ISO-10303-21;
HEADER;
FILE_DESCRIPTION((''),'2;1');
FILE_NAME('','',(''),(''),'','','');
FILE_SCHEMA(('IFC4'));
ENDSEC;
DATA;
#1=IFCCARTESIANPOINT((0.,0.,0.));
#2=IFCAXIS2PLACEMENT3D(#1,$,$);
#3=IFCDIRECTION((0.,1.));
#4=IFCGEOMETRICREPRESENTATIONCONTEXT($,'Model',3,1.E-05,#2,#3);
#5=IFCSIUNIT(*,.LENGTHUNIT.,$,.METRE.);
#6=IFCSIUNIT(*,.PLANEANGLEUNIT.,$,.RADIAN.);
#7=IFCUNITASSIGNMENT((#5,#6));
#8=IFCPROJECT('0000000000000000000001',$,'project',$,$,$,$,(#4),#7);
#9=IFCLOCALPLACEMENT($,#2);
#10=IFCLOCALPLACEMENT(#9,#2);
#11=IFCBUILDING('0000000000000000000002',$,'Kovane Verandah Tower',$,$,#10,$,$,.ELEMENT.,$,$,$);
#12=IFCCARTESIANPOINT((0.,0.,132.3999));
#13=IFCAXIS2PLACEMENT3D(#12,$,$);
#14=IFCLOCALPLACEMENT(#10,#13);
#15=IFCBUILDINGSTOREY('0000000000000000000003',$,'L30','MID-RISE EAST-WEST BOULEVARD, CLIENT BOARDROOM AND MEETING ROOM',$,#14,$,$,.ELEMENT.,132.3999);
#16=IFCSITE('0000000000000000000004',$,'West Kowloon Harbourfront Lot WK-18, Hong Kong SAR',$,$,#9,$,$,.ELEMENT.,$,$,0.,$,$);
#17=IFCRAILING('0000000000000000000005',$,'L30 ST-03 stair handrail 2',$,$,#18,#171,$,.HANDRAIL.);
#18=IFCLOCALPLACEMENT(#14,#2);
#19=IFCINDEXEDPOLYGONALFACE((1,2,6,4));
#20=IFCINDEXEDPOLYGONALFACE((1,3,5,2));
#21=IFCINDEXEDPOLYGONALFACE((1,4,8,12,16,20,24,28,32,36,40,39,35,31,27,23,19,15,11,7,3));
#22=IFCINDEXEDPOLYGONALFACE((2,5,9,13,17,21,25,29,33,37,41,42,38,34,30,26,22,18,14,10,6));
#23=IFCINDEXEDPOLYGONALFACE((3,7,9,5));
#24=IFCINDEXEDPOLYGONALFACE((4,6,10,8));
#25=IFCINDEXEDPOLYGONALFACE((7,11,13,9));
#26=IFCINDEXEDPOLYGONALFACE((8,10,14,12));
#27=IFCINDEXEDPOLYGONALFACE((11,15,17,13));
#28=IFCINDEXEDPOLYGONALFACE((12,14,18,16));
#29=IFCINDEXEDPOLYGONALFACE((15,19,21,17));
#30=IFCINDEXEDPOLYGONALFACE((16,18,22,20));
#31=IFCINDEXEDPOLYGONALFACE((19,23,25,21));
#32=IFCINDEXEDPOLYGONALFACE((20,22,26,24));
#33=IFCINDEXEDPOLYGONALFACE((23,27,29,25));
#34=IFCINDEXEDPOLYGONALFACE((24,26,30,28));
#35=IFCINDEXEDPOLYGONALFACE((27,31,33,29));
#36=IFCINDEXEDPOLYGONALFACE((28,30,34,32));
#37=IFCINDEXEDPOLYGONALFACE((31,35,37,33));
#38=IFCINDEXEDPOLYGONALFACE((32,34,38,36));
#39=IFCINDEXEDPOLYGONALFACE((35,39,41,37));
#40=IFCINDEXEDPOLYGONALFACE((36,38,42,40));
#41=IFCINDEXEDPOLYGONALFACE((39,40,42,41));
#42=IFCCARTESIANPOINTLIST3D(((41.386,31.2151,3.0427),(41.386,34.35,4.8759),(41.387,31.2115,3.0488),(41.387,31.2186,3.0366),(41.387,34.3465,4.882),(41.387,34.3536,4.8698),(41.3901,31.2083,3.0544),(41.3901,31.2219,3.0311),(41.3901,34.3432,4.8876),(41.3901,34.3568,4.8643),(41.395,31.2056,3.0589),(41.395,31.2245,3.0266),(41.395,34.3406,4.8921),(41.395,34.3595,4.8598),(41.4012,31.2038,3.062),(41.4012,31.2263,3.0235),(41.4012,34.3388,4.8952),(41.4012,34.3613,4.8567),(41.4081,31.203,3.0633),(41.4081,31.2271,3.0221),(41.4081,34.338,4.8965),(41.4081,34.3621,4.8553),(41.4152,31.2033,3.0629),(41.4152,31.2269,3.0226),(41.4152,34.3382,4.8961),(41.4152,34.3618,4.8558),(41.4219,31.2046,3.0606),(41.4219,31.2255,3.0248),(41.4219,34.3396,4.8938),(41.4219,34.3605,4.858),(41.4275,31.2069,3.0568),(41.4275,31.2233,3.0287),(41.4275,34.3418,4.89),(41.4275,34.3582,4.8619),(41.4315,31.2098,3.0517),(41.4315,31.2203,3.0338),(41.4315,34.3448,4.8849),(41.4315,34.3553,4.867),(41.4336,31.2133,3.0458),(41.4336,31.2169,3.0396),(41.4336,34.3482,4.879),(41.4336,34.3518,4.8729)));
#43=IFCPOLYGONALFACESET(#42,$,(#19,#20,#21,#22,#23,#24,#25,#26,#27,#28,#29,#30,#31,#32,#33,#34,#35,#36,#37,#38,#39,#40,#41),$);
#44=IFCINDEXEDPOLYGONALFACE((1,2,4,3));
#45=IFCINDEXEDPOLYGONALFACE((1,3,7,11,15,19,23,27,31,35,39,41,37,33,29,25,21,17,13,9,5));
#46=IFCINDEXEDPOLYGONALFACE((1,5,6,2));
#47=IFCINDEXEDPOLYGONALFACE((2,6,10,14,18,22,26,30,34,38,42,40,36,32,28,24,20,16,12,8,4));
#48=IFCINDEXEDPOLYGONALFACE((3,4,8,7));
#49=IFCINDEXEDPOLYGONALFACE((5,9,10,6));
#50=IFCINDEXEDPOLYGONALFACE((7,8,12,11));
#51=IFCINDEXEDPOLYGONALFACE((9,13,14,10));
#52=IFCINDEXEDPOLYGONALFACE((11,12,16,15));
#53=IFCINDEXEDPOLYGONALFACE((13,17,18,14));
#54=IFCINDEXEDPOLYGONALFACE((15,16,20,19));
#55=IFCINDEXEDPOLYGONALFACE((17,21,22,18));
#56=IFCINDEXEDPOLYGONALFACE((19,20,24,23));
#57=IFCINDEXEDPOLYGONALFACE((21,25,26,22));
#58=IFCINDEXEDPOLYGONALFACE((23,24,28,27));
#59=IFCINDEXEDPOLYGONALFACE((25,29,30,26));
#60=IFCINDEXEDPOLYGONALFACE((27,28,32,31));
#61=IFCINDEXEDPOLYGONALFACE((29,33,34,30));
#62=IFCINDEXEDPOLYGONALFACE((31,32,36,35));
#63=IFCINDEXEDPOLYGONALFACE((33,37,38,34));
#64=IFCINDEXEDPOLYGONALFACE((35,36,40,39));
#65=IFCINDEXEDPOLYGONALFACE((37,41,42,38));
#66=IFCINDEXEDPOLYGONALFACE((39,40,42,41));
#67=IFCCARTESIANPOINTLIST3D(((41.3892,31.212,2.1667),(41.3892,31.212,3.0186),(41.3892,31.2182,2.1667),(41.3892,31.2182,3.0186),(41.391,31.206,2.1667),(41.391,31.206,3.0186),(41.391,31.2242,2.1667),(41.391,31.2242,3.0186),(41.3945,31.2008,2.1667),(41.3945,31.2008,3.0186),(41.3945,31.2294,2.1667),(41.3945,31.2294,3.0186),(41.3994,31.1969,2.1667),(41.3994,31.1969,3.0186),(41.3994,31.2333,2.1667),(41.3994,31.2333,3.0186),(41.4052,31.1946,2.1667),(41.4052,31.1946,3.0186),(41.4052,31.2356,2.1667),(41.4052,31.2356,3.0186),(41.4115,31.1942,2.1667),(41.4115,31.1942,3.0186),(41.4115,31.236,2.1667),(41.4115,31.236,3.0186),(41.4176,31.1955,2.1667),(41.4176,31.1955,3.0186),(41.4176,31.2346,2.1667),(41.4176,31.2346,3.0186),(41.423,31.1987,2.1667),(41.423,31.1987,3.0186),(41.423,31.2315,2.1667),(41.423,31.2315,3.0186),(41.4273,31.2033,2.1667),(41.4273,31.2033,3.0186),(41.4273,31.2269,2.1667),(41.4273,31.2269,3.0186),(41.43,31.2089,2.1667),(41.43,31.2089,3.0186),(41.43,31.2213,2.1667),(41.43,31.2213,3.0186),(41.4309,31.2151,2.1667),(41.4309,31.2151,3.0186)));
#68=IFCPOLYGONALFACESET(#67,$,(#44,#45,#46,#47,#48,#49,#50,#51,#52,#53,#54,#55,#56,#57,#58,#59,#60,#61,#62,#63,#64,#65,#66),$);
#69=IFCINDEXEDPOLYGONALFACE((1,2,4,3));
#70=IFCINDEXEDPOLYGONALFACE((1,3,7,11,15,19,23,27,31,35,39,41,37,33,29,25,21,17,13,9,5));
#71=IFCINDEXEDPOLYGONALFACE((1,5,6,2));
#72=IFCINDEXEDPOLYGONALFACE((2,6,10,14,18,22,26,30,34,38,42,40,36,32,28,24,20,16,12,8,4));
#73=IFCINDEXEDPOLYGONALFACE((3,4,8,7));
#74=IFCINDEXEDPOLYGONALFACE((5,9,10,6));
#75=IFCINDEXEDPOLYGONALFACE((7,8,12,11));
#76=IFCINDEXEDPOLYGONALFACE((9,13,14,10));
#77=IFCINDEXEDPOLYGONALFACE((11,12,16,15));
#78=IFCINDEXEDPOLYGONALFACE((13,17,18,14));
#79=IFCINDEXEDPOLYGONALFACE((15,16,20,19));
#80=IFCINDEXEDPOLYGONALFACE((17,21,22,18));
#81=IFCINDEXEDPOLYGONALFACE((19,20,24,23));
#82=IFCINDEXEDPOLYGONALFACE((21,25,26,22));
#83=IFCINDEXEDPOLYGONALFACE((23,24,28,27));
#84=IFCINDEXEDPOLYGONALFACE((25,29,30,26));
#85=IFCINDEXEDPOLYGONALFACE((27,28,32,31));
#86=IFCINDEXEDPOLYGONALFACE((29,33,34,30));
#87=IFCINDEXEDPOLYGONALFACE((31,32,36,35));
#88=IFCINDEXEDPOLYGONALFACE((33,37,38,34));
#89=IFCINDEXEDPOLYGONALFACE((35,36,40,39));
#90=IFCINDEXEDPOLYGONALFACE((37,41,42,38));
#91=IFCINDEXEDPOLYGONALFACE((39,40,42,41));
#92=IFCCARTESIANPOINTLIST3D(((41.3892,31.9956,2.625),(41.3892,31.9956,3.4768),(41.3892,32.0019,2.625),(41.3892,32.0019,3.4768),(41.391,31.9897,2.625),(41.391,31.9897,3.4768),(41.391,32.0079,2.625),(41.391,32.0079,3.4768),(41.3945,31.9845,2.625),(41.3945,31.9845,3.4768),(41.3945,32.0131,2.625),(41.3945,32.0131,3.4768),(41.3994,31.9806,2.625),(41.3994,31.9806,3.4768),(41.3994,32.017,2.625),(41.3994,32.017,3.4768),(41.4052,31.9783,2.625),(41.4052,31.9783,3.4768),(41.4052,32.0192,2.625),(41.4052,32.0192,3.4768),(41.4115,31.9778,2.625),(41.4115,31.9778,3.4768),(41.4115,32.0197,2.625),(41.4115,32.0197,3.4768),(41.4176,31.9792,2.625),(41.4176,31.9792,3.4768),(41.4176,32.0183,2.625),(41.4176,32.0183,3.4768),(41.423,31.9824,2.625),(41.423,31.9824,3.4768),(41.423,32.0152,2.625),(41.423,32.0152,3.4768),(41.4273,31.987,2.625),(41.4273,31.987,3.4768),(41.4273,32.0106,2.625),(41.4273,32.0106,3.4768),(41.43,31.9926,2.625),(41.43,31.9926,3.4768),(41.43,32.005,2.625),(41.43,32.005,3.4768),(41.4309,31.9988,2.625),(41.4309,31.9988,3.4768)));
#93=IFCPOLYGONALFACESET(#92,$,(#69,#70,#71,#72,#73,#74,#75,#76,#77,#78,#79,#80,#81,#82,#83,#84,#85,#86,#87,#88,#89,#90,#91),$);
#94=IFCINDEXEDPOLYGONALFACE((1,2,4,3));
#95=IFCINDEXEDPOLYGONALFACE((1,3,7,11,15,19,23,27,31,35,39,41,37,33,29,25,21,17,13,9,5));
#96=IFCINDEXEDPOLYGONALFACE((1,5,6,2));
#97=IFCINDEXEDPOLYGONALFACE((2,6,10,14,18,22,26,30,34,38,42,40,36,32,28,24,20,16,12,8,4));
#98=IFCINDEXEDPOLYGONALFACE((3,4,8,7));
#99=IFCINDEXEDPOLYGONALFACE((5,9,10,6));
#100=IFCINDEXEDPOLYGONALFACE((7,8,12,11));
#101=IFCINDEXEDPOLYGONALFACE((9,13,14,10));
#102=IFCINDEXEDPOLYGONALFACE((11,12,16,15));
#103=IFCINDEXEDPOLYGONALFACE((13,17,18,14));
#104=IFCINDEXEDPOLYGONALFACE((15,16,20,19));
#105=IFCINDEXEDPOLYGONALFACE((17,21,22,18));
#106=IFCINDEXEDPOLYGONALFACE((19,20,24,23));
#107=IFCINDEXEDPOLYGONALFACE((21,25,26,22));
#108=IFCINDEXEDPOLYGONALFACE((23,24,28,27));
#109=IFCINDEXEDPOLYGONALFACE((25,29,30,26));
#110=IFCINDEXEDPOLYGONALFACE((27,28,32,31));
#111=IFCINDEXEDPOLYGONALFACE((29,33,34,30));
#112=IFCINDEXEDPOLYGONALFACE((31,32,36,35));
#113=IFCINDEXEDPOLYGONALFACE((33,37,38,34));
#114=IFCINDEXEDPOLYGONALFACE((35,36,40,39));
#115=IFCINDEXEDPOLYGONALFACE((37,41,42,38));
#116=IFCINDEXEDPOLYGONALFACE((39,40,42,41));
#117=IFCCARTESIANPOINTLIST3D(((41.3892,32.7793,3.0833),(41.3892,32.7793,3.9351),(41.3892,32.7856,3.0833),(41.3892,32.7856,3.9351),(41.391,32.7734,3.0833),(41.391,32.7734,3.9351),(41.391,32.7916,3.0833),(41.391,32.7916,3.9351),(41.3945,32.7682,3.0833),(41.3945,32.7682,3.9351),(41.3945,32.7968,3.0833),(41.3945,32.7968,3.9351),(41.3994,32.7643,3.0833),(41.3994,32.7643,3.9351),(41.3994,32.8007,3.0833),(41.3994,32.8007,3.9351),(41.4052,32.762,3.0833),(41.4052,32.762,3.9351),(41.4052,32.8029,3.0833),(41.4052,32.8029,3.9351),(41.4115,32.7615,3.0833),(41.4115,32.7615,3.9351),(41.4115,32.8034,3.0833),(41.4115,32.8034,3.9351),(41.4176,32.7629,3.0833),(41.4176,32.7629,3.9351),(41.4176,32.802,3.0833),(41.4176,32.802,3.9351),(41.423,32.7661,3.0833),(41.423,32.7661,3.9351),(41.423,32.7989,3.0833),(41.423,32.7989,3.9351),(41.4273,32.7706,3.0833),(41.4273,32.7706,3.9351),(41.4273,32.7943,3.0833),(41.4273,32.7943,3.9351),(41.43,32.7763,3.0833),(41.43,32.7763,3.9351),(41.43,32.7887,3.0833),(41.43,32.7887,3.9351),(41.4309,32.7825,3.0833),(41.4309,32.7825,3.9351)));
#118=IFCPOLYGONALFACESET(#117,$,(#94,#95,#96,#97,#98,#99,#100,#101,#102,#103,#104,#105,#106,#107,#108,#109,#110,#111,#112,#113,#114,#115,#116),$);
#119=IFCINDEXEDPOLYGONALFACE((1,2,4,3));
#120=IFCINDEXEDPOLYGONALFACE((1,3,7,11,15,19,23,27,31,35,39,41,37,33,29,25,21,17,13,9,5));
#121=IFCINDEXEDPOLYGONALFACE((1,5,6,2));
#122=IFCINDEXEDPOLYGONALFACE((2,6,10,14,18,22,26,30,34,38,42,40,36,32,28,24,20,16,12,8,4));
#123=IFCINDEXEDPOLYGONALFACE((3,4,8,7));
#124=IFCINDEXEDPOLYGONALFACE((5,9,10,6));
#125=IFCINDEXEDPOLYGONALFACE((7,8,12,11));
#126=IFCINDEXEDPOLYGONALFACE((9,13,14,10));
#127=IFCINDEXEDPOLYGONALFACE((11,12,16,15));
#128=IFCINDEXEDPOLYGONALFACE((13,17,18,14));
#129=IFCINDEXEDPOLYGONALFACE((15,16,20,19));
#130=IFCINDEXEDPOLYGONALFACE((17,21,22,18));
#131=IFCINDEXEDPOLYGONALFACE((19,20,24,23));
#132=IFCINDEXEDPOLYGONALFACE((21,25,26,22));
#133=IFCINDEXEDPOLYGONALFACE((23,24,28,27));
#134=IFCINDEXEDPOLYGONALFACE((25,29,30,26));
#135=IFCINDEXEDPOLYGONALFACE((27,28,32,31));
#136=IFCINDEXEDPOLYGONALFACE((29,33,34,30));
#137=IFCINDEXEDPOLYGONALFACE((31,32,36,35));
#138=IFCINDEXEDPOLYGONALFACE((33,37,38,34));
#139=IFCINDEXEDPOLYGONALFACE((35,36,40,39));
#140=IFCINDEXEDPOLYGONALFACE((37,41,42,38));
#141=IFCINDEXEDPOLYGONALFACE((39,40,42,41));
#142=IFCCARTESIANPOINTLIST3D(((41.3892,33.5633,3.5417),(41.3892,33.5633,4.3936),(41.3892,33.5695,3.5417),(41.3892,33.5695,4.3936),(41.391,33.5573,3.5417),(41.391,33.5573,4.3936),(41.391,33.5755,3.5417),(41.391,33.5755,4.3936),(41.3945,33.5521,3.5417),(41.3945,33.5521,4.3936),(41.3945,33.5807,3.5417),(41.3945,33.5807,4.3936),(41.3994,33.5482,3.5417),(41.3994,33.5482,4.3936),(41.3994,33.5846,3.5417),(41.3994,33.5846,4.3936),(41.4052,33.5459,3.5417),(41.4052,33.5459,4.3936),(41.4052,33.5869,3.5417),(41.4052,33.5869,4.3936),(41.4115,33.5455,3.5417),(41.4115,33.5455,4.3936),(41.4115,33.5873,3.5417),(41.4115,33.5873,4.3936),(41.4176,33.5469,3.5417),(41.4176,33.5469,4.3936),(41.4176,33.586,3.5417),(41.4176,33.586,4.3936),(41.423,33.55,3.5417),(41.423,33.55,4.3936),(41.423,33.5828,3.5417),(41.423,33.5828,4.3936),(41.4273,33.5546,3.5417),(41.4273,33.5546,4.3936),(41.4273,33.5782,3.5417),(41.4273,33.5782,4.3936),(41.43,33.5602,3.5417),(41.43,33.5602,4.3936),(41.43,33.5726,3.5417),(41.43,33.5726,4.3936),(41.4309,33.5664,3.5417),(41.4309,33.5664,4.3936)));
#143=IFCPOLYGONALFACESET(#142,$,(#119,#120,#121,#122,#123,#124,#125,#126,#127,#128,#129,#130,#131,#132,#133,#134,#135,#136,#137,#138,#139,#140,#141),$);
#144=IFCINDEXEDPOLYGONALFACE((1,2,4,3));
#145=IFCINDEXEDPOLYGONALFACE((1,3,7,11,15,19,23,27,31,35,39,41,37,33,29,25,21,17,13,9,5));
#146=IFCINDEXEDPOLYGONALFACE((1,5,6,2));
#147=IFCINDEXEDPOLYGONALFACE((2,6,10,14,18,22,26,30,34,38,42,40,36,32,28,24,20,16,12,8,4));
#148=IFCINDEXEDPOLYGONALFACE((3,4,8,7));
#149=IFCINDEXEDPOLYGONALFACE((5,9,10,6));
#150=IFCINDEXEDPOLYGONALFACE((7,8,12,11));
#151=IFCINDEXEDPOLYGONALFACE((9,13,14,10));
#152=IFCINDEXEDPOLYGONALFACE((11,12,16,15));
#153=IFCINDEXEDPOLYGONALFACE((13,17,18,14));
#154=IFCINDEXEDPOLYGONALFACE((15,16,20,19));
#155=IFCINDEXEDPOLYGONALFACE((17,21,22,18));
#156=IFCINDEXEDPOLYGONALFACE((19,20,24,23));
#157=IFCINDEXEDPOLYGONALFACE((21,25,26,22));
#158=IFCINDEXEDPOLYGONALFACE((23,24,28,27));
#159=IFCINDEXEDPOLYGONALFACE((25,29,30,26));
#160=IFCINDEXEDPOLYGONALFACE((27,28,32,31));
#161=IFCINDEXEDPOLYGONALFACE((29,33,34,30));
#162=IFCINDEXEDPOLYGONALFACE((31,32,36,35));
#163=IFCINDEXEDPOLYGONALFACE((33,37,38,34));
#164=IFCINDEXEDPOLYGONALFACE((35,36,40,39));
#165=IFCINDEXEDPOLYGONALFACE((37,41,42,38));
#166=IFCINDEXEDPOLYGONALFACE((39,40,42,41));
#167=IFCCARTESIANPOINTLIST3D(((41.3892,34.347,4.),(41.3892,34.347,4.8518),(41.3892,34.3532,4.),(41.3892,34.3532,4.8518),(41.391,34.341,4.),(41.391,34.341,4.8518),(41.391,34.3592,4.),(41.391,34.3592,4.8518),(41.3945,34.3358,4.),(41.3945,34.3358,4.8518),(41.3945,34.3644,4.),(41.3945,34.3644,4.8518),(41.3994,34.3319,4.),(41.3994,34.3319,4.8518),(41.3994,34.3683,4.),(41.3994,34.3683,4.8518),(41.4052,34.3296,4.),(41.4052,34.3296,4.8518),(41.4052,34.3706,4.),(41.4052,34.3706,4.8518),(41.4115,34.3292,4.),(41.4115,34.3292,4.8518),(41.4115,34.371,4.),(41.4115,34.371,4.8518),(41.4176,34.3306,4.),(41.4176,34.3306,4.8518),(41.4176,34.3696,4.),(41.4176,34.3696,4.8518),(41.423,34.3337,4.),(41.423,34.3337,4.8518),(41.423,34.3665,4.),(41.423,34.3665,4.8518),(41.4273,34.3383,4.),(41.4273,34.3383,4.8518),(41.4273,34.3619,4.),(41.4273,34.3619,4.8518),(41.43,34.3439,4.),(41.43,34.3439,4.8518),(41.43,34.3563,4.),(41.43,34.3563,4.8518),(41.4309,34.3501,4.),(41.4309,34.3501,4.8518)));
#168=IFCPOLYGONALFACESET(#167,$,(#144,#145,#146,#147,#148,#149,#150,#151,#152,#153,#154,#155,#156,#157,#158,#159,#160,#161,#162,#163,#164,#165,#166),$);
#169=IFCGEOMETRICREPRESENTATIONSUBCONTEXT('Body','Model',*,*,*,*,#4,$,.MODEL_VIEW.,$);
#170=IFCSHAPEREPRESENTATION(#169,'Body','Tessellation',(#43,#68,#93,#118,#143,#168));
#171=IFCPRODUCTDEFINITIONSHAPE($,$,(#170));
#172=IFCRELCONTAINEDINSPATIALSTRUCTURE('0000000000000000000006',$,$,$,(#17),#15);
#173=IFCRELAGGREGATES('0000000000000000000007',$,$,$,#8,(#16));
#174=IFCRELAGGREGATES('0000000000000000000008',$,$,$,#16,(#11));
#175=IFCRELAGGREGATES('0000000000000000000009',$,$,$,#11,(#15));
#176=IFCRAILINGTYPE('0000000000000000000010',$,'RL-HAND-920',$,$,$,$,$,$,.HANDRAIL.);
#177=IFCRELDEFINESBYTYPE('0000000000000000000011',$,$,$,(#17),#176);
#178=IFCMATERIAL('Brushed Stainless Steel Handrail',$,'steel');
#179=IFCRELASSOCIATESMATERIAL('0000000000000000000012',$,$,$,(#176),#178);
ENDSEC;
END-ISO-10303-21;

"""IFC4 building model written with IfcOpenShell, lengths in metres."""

from ifc_helpers import new_model, si_unit, direction, frame, origin, origin_2d, place, context, subcontext, project, spatial, circle, extrude, material, type_object, element, save


model = new_model("IFC4")

# Units and contexts
model_context = context("Model", 3, precision=1e-05, world=origin(), true_north=direction((0.0, 1.0)))
body_context = subcontext(model_context, "Body", "Model", "MODEL_VIEW")
ifc_project = project(units=[si_unit("LENGTHUNIT", "METRE"), si_unit("PLANEANGLEUNIT", "RADIAN")], contexts=[model_context])

# Site, building, storey
site_placement = place(None, origin())
site = spatial("IfcSite", under=ifc_project, at=site_placement, Name="West Kowloon Harbourfront Lot WK-18, Hong Kong SAR", CompositionType="ELEMENT", RefElevation=0.0)
building_placement = place(site_placement, origin())
building = spatial("IfcBuilding", under=site, at=building_placement, Name="Kovane Verandah Tower", CompositionType="ELEMENT")
storey_placement = place(building_placement, frame((0.0, 0.0, 132.3999)))
storey = spatial("IfcBuildingStorey", under=building, at=storey_placement, Name="L30", Description="MID-RISE EAST-WEST BOULEVARD, CLIENT BOARDROOM AND MEETING ROOM", CompositionType="ELEMENT", Elevation=132.3999)

# Railing
ifc_material_1 = material(Name="Brushed Stainless Steel Handrail", Category="steel")
railing_type_1 = type_object("IfcRailingType", Name="RL-HAND-920", PredefinedType="HANDRAIL", material=ifc_material_1)
railing_1_placement = place(storey_placement, frame((41.4099, 31.2151, 2.1667)))
element("IfcRailing", 1, at=railing_1_placement, inside=storey, type_object=railing_type_1, Name="L30 ST-03 stair handrail 2", PredefinedType="HANDRAIL", context=body_context, shape_type="SweptSolid", body=[
    extrude(circle(Radius=0.0239, at=origin_2d()), frame((0.0, 0.0, 0.876), z_axis=(0.0, 0.86324, 0.504794), x_axis=(-1.0, 0.0, 0.0)), (0.0, 0.0, 1.0), 3.6316),
    extrude(circle(Radius=0.021, at=origin_2d()), origin(), (0.0, 0.0, 1.0), 0.8518),
    extrude(circle(Radius=0.021, at=origin_2d()), frame((0.0, 0.7837, 0.4583)), (0.0, 0.0, 1.0), 0.8518),
    extrude(circle(Radius=0.021, at=origin_2d()), frame((0.0, 1.5674, 0.9165)), (0.0, 0.0, 1.0), 0.8518),
    extrude(circle(Radius=0.021, at=origin_2d()), frame((0.0, 2.3513, 1.375)), (0.0, 0.0, 1.0), 0.8518),
    extrude(circle(Radius=0.021, at=origin_2d()), frame((0.0, 3.135, 1.8333)), (0.0, 0.0, 1.0), 0.8518),
])

save(model, "model.ifc")
